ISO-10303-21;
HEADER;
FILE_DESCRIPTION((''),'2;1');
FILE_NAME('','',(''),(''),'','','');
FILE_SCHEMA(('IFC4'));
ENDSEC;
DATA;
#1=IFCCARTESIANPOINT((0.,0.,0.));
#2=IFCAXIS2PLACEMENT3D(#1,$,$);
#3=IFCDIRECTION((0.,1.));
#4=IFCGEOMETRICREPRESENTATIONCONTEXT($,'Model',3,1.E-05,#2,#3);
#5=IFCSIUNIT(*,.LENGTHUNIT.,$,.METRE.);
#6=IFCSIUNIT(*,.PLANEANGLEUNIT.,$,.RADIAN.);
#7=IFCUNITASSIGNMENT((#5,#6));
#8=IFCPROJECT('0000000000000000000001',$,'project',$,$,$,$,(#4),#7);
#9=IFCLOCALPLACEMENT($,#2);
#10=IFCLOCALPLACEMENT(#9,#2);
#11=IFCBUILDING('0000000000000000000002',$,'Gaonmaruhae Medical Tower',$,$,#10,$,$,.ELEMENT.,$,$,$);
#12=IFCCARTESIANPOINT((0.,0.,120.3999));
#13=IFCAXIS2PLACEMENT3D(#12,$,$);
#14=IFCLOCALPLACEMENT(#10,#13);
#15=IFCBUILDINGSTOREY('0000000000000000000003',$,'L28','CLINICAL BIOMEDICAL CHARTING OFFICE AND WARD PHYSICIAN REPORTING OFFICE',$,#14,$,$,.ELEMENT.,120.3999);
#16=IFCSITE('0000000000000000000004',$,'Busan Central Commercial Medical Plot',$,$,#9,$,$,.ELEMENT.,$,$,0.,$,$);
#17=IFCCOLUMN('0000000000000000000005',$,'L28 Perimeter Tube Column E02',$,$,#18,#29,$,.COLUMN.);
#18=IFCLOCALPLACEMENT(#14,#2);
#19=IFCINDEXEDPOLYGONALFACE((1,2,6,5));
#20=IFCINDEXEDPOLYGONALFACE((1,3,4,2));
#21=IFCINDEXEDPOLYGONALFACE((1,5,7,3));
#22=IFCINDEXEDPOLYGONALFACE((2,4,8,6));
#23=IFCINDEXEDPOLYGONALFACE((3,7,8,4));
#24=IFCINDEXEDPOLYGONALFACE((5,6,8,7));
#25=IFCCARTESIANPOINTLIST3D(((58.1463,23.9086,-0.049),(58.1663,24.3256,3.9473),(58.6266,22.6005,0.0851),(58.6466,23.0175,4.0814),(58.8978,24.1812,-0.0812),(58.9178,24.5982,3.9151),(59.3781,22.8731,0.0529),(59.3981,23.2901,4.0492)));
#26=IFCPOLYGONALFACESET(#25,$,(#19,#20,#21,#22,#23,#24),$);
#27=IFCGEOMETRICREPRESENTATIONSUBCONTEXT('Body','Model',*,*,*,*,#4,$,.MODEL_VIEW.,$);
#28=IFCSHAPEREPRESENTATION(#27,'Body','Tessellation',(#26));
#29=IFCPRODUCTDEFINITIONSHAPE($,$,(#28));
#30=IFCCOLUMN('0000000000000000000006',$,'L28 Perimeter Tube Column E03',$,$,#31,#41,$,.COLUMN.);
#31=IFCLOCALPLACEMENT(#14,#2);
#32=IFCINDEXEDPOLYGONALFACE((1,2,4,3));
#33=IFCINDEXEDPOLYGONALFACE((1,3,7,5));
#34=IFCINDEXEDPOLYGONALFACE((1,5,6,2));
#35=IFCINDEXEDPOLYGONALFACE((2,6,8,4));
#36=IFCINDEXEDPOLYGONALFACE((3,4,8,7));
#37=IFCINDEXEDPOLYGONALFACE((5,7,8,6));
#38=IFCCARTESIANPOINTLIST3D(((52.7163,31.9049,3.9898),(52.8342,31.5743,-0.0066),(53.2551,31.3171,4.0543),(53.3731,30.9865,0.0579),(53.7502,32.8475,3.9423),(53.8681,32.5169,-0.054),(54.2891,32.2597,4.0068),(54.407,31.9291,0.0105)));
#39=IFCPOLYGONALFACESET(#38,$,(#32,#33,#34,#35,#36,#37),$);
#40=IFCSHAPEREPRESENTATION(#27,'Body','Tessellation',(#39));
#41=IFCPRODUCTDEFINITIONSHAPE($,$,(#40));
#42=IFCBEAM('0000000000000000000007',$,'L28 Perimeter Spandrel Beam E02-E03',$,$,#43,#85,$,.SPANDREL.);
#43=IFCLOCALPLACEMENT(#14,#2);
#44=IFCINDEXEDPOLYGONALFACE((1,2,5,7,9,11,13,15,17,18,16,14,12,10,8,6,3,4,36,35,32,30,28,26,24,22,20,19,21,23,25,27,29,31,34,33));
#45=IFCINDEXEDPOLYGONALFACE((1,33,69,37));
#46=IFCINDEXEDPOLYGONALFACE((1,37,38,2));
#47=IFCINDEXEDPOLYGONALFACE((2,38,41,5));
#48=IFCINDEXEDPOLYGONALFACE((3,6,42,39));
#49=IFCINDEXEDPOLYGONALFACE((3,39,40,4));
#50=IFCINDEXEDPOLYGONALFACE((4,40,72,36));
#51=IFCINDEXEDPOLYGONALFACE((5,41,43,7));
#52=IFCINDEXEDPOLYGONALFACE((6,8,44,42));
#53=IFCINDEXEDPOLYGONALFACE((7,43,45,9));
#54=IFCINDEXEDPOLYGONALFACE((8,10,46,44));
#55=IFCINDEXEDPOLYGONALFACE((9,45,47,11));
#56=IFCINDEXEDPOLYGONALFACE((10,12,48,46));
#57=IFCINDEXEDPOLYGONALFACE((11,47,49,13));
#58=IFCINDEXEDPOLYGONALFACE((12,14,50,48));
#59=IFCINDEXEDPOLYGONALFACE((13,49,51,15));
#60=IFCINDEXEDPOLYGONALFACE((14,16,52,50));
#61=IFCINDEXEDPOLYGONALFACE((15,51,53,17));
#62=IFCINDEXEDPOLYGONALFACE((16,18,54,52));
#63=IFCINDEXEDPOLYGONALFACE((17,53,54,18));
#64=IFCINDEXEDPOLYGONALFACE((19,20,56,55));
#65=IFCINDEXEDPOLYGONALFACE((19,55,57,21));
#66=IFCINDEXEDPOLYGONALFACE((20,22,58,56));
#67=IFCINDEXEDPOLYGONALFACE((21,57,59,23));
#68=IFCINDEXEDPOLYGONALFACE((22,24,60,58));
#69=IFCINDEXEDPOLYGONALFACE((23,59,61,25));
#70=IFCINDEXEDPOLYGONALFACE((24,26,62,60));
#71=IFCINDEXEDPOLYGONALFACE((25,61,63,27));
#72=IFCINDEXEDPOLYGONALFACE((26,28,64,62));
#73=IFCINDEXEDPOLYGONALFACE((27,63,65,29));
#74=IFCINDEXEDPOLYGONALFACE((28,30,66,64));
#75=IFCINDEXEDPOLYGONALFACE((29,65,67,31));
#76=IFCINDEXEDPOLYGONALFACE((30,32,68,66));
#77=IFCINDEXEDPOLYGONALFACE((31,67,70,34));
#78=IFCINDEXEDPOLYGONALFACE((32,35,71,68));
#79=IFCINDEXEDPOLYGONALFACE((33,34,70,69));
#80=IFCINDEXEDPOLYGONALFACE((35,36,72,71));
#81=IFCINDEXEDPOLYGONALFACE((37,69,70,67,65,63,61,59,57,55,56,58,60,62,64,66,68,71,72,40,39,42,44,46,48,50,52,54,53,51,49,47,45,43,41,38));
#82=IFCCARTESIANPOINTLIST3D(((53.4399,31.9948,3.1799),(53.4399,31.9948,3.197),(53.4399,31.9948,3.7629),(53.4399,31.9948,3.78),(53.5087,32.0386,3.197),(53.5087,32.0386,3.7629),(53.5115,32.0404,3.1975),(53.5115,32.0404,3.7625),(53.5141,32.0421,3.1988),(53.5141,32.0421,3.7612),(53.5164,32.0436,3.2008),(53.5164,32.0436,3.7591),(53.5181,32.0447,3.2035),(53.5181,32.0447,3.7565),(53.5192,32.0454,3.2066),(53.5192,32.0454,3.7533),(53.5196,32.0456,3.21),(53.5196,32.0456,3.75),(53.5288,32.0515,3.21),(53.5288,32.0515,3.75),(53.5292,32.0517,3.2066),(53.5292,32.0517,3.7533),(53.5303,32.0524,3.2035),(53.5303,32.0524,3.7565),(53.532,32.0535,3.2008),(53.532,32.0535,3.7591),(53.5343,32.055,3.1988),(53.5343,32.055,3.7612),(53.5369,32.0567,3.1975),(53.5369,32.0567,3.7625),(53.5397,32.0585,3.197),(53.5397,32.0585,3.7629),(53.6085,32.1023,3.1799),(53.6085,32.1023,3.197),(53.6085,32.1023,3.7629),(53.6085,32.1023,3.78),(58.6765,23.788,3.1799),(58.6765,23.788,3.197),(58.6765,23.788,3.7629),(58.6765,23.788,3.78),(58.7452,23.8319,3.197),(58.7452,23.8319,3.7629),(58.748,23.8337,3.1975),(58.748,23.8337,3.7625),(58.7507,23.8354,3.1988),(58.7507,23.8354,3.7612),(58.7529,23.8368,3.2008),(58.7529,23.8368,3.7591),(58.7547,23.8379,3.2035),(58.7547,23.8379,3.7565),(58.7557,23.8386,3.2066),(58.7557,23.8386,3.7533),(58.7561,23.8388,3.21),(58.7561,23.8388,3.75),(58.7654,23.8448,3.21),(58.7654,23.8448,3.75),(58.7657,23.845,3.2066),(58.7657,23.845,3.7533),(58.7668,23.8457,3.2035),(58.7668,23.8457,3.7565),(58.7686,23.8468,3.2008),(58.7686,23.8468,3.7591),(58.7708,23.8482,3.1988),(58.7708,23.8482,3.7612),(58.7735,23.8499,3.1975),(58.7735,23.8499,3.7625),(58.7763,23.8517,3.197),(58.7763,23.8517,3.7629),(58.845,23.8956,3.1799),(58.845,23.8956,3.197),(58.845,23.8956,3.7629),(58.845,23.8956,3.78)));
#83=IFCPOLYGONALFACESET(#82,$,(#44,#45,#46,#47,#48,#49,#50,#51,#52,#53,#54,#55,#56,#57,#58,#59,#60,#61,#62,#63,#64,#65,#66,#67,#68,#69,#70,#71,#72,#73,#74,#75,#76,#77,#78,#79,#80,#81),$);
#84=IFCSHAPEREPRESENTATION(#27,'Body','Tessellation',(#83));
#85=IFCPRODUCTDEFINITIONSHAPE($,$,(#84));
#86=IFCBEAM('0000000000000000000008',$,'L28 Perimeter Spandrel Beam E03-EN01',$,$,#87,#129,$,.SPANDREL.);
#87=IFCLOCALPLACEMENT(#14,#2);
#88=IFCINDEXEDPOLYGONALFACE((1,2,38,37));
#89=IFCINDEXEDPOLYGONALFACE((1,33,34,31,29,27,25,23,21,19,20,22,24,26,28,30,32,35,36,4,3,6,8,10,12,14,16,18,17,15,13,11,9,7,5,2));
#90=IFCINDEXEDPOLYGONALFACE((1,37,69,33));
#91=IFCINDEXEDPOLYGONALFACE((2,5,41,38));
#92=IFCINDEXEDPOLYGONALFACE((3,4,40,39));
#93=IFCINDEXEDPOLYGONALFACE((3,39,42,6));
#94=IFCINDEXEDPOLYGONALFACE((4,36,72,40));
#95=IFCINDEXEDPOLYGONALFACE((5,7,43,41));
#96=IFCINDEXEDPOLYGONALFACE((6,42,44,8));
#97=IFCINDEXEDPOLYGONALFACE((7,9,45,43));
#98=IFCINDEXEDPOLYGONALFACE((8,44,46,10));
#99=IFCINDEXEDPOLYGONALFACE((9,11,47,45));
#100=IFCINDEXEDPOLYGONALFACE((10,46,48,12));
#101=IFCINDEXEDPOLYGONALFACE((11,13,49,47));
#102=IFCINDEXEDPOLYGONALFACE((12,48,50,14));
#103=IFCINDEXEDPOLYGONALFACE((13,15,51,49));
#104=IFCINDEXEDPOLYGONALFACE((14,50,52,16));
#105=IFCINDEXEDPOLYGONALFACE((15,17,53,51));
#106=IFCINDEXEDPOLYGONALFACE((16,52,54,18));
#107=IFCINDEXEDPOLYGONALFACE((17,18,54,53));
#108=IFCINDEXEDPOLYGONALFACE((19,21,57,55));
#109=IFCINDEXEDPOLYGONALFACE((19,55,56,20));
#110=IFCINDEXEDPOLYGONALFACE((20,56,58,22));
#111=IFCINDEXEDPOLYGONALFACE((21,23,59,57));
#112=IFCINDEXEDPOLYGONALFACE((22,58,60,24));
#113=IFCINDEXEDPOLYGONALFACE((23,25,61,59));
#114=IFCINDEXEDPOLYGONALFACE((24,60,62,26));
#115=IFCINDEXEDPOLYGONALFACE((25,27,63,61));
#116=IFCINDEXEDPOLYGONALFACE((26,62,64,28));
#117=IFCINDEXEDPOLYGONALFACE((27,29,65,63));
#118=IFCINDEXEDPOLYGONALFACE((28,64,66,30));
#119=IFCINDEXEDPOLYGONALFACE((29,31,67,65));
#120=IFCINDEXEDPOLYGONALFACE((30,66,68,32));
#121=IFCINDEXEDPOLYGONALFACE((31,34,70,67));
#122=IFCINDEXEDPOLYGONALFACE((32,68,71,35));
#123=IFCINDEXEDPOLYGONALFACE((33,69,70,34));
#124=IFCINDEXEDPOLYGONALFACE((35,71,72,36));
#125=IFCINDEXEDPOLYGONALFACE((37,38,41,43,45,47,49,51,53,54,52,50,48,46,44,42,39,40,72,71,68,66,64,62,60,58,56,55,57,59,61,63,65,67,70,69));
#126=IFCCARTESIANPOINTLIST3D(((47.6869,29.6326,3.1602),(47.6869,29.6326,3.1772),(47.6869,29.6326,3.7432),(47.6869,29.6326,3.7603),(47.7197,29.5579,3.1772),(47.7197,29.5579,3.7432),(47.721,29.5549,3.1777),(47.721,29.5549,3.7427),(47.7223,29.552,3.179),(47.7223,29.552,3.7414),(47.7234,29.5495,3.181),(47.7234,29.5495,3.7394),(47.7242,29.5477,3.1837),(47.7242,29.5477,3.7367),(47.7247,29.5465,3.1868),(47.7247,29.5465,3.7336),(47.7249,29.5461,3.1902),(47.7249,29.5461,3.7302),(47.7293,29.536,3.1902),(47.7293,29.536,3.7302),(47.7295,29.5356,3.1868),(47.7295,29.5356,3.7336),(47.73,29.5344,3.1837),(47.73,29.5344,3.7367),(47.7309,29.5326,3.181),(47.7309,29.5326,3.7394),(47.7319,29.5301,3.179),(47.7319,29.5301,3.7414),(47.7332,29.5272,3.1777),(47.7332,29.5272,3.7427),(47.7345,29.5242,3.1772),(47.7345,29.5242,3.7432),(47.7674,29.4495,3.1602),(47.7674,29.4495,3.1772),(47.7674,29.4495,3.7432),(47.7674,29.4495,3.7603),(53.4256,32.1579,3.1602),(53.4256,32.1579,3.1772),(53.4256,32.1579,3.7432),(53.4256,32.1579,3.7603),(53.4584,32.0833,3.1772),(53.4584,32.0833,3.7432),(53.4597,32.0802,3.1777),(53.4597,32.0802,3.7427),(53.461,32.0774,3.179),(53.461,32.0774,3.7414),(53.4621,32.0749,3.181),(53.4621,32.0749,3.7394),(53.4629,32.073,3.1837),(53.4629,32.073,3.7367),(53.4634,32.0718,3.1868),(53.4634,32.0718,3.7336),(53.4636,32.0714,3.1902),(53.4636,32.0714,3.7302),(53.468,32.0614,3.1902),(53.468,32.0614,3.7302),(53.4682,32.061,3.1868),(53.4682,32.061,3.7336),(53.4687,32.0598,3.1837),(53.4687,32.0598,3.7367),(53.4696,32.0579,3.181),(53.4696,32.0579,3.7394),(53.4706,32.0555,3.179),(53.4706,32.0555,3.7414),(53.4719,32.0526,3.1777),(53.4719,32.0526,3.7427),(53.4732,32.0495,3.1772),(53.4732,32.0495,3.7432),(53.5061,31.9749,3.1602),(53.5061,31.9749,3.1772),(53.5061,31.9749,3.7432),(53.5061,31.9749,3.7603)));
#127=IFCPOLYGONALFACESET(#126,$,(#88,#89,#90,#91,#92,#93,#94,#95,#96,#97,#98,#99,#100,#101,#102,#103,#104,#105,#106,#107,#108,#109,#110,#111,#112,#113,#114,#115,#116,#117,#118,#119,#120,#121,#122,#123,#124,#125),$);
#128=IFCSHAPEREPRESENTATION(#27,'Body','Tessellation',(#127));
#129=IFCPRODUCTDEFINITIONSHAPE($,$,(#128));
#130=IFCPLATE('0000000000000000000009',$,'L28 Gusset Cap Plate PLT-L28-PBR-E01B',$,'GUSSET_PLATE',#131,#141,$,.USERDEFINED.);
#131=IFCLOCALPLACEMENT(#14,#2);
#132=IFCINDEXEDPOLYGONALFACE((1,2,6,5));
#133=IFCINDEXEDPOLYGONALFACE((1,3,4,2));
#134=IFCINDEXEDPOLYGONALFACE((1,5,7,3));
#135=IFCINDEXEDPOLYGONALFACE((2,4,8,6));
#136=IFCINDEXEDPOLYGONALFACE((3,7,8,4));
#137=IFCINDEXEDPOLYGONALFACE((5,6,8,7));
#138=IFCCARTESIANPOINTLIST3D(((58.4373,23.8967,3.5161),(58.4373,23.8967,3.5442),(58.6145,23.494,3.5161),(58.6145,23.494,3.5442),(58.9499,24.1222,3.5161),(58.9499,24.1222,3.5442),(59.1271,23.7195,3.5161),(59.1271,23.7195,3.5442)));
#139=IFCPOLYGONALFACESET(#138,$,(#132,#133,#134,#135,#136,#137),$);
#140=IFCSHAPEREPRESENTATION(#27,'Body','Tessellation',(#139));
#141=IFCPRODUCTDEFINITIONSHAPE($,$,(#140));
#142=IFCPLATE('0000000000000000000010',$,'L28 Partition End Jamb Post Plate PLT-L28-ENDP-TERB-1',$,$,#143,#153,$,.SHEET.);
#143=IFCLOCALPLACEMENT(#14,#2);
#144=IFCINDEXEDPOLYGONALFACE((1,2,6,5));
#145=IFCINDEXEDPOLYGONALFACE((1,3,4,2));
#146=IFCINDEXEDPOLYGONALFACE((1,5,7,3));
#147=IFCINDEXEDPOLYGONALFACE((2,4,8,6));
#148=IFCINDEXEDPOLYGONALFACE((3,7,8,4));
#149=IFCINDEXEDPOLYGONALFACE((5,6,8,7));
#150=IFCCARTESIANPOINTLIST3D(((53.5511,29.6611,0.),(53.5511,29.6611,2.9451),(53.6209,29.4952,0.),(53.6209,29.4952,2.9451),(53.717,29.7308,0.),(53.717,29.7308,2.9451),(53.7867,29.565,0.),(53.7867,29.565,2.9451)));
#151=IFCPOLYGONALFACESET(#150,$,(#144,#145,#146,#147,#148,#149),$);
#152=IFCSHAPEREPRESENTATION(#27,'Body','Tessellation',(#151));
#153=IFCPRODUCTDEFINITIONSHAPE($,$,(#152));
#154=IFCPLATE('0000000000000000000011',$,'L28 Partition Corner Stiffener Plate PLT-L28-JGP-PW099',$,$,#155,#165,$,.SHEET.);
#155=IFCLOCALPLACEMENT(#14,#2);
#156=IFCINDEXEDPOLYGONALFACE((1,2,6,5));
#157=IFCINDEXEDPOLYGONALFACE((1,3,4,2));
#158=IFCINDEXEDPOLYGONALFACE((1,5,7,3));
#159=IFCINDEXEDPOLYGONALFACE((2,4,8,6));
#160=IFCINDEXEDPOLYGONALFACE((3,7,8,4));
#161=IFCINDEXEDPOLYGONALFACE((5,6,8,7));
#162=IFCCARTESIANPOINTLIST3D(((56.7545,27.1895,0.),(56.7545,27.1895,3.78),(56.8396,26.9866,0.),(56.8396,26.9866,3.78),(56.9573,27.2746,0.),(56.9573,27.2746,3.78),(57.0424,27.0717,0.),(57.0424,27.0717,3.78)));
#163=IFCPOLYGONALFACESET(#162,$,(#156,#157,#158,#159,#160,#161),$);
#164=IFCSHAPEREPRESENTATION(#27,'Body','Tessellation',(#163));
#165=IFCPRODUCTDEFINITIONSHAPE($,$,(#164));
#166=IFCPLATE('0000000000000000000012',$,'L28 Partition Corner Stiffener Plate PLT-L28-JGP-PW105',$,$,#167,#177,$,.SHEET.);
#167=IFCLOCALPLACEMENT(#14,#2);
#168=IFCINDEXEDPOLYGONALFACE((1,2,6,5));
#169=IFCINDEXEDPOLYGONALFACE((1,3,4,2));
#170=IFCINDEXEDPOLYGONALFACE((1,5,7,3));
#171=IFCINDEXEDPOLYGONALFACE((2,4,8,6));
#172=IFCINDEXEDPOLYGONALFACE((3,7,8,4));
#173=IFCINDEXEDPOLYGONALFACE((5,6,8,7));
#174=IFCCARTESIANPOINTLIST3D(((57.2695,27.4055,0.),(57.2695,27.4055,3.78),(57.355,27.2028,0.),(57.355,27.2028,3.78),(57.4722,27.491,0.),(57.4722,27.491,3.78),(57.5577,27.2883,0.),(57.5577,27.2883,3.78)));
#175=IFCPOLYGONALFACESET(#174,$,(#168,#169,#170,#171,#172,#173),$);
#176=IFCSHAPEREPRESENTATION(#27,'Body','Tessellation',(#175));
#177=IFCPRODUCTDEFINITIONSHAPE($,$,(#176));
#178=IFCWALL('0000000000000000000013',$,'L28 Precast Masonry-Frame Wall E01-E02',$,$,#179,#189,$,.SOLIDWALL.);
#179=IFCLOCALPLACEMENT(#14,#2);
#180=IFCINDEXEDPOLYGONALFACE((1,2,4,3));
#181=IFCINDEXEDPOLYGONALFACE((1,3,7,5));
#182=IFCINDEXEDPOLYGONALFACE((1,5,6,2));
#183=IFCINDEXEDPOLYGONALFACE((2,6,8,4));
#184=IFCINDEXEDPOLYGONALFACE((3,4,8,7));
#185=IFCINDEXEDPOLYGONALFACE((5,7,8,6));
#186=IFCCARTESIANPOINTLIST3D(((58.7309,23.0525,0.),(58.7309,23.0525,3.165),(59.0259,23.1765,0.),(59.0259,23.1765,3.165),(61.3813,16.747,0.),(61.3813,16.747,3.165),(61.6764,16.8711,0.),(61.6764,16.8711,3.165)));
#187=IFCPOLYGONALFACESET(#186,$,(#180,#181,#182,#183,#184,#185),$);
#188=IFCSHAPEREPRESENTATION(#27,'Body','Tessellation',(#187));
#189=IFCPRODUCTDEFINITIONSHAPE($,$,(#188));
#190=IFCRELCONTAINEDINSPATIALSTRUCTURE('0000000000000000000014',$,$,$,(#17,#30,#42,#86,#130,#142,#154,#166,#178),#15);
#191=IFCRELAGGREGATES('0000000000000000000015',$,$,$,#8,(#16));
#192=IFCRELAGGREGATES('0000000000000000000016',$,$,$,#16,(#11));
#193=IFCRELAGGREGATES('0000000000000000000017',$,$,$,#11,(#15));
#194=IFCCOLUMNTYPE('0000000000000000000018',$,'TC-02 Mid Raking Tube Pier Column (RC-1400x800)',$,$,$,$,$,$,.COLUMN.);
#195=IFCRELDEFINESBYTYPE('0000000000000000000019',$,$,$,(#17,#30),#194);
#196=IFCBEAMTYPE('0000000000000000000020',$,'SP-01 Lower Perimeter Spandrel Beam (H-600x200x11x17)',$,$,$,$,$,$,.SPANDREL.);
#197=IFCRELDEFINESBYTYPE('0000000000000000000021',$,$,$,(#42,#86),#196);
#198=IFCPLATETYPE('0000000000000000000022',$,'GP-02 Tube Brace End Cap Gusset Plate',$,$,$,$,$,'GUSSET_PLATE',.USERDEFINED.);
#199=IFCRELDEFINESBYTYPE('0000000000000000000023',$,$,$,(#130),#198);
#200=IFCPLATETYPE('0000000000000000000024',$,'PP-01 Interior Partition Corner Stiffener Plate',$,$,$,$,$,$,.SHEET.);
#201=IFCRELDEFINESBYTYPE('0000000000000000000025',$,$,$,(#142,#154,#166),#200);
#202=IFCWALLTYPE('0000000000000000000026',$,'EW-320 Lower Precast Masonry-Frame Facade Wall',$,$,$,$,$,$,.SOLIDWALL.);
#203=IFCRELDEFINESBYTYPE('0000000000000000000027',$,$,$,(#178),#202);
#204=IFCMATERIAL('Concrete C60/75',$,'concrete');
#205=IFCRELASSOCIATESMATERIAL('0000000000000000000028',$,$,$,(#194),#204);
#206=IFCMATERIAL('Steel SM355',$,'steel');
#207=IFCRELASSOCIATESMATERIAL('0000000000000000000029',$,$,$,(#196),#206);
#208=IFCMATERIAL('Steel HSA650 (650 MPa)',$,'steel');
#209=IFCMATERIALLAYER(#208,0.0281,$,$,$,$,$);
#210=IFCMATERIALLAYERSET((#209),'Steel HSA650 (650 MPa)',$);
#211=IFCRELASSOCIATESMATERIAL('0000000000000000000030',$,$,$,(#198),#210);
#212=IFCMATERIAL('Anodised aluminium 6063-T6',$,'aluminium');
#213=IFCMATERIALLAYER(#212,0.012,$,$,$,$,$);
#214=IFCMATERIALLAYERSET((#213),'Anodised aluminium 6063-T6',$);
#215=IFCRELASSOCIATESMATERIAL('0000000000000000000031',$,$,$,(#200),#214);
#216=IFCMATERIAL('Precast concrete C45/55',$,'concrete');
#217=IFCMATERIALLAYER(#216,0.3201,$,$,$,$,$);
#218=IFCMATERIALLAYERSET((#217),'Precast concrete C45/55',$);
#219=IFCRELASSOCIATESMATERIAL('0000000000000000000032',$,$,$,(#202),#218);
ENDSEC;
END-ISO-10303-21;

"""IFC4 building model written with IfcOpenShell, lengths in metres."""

from ifc_helpers import new_model, si_unit, direction, frame, frame_2d, origin, origin_2d, place, context, subcontext, project, spatial, rectangle, i_section, extrude, material, layer, layer_set, material_profile, profile_set, type_object, element, save


model = new_model("IFC4")

# Units and contexts
model_context = context("Model", 3, precision=1e-05, world=origin(), true_north=direction((0.0, 1.0)))
body_context = subcontext(model_context, "Body", "Model", "MODEL_VIEW")
ifc_project = project(units=[si_unit("LENGTHUNIT", "METRE"), si_unit("PLANEANGLEUNIT", "RADIAN")], contexts=[model_context])

# Site, building, storey
site_placement = place(None, origin())
site = spatial("IfcSite", under=ifc_project, at=site_placement, Name="Busan Central Commercial Medical Plot", CompositionType="ELEMENT", RefElevation=0.0)
building_placement = place(site_placement, origin())
building = spatial("IfcBuilding", under=site, at=building_placement, Name="Gaonmaruhae Medical Tower", CompositionType="ELEMENT")
storey_placement = place(building_placement, frame((0.0, 0.0, 120.3999)))
storey = spatial("IfcBuildingStorey", under=building, at=storey_placement, Name="L28", Description="CLINICAL BIOMEDICAL CHARTING OFFICE AND WARD PHYSICIAN REPORTING OFFICE", CompositionType="ELEMENT", Elevation=120.3999)

# Columns
ifc_material_1 = material(Name="Concrete C60/75", Category="concrete")
ifc_material_profile_1 = material_profile(ifc_material_1, rectangle(XDim=1.3999, YDim=0.8, at=origin_2d()), Name="RC-1400x800")
ifc_profile_set_1 = profile_set([ifc_material_profile_1], Name="Concrete C60/75")
column_type = type_object("IfcColumnType", Name="TC-02 Mid Raking Tube Pier Column (RC-1400x800)", PredefinedType="COLUMN", material=ifc_profile_set_1)
column_1_placement = place(storey_placement, frame((58.7622, 23.3909, 0.002), z_axis=(0.004982, 0.103779, 0.994588), x_axis=(0.343102, -0.934402, 0.09578)))
element("IfcColumn", 1, at=column_1_placement, inside=storey, type_object=column_type, Name="L28 Perimeter Tube Column E02", PredefinedType="COLUMN", context=body_context, shape_type="SweptSolid", body=[
    extrude(rectangle(XDim=1.3999, YDim=0.8, at=origin_2d()), origin(), (0.0, 0.0, 1.0), 4.0181),
])
column_2_placement = place(storey_placement, frame((53.6206, 31.7517, 0.002), z_axis=(-0.029394, 0.0824, 0.996166), x_axis=(-0.738573, -0.67332, 0.033902)))
element("IfcColumn", 2, at=column_2_placement, inside=storey, type_object=column_type, Name="L28 Perimeter Tube Column E03", PredefinedType="COLUMN", context=body_context, shape_type="SweptSolid", body=[
    extrude(rectangle(XDim=1.3999, YDim=0.8, at=origin_2d()), origin(), (0.0, 0.0, 1.0), 4.0117),
])

# Beams
ifc_material_2 = material(Name="Steel SM355", Category="steel")
ifc_material_profile_2 = material_profile(ifc_material_2, i_section(OverallWidth=0.2, OverallDepth=0.6001, WebThickness=0.011, FlangeThickness=0.0171, FilletRadius=0.0129, at=origin_2d()), Name="H-600x200x11x17")
ifc_profile_set_2 = profile_set([ifc_material_profile_2], Name="Steel SM355")
beam_type = type_object("IfcBeamType", Name="SP-01 Lower Perimeter Spandrel Beam (H-600x200x11x17)", PredefinedType="SPANDREL", material=ifc_profile_set_2)
beam_1_placement = place(storey_placement, frame((58.7607, 23.8418, 3.48), z_axis=(-0.537904, 0.843006, 0.0), x_axis=(-0.843006, -0.537904, 0.0)))
element("IfcBeam", 3, at=beam_1_placement, inside=storey, type_object=beam_type, Name="L28 Perimeter Spandrel Beam E02-E03", PredefinedType="SPANDREL", context=body_context, shape_type="SweptSolid", body=[
    extrude(i_section(OverallWidth=0.2, OverallDepth=0.6001, WebThickness=0.011, FlangeThickness=0.0171, FilletRadius=0.0129, at=origin_2d()), origin(), (0.0, 0.0, 1.0), 9.7351),
])
beam_2_placement = place(storey_placement, frame((53.4658, 32.0664, 3.4602), z_axis=(-0.915296, -0.402783, 0.0), x_axis=(0.402783, -0.915296, 0.0)))
element("IfcBeam", 4, at=beam_2_placement, inside=storey, type_object=beam_type, Name="L28 Perimeter Spandrel Beam E03-EN01", PredefinedType="SPANDREL", context=body_context, shape_type="SweptSolid", body=[
    extrude(i_section(OverallWidth=0.2, OverallDepth=0.6001, WebThickness=0.011, FlangeThickness=0.0171, FilletRadius=0.0129, at=origin_2d()), origin(), (0.0, 0.0, 1.0), 6.2698),
])

# Plates
ifc_material_3 = material(Name="Steel HSA650 (650 MPa)", Category="steel")
ifc_layer_1 = layer(ifc_material_3, 0.0281)
ifc_layer_set_1 = layer_set([ifc_layer_1], Name="Steel HSA650 (650 MPa)")
plate_type_1 = type_object("IfcPlateType", Name="GP-02 Tube Brace End Cap Gusset Plate", ElementType="GUSSET_PLATE", PredefinedType="USERDEFINED", material=ifc_layer_set_1)
plate_1_placement = place(storey_placement, frame((58.7822, 23.8081, 3.5161), z_axis=(0.0, 0.0, 1.0), x_axis=(0.915311, 0.402747, 0.0)))
element("IfcPlate", 5, at=plate_1_placement, inside=storey, type_object=plate_type_1, Name="L28 Gusset Cap Plate PLT-L28-PBR-E01B", ObjectType="GUSSET_PLATE", PredefinedType="USERDEFINED", context=body_context, shape_type="SweptSolid", body=[
    extrude(rectangle(XDim=0.5601, YDim=0.4399, at=origin_2d()), origin(), (0.0, 0.0, 1.0), 0.0281),
])
ifc_material_4 = material(Name="Anodised aluminium 6063-T6", Category="aluminium")
ifc_layer_2 = layer(ifc_material_4, 0.012)
ifc_layer_set_2 = layer_set([ifc_layer_2], Name="Anodised aluminium 6063-T6")
plate_type_2 = type_object("IfcPlateType", Name="PP-01 Interior Partition Corner Stiffener Plate", PredefinedType="SHEET", material=ifc_layer_set_2)
plate_2_placement = place(storey_placement, frame((53.6689, 29.613, 0.0), z_axis=(0.0, 0.0, 1.0), x_axis=(0.921863, 0.387516, 0.0)))
element("IfcPlate", 6, at=plate_2_placement, inside=storey, type_object=plate_type_2, Name="L28 Partition End Jamb Post Plate PLT-L28-ENDP-TERB-1", PredefinedType="SHEET", context=body_context, shape_type="SweptSolid", body=[
    extrude(rectangle(XDim=0.1799, YDim=0.1799, at=origin_2d()), origin(), (0.0, 0.0, 1.0), 2.9451),
])
for number, where, z_axis, x_axis, name in (
    (7, (56.8984, 27.1306, 0.0), (0.0, 0.0, 1.0), (0.922147, 0.38684, 0.0), "L28 Partition Corner Stiffener Plate PLT-L28-JGP-PW099"),
    (8, (57.4136, 27.3469, 0.0), (0.0, 0.0, 1.0), (0.921416, 0.388577, 0.0), "L28 Partition Corner Stiffener Plate PLT-L28-JGP-PW105"),
):
    element("IfcPlate", number, at=place(storey_placement, frame(where, z_axis=z_axis, x_axis=x_axis)), inside=storey, type_object=plate_type_2, Name=name, PredefinedType="SHEET", context=body_context, shape_type="SweptSolid", body=[
        extrude(rectangle(XDim=0.22, YDim=0.22, at=origin_2d()), origin(), (0.0, 0.0, 1.0), 3.78),
    ])

# Wall
ifc_material_5 = material(Name="Precast concrete C45/55", Category="concrete")
ifc_layer_3 = layer(ifc_material_5, 0.3201)
ifc_layer_set_3 = layer_set([ifc_layer_3], Name="Precast concrete C45/55")
wall_type_1 = type_object("IfcWallType", Name="EW-320 Lower Precast Masonry-Frame Facade Wall", PredefinedType="SOLIDWALL", material=ifc_layer_set_3)
wall_1_placement = place(storey_placement, frame((58.8784, 23.1145, 0.0), z_axis=(0.0, 0.0, 1.0), x_axis=(0.387495, -0.921872, 0.0)))
element("IfcWall", 9, at=wall_1_placement, inside=storey, type_object=wall_type_1, Name="L28 Precast Masonry-Frame Wall E01-E02", PredefinedType="SOLIDWALL", context=body_context, shape_type="SweptSolid", body=[
    extrude(rectangle(XDim=6.8398, YDim=0.3201, at=frame_2d((3.4199, 0.0))), origin(), (0.0, 0.0, 1.0), 3.165),
])

save(model, "model.ifc")
